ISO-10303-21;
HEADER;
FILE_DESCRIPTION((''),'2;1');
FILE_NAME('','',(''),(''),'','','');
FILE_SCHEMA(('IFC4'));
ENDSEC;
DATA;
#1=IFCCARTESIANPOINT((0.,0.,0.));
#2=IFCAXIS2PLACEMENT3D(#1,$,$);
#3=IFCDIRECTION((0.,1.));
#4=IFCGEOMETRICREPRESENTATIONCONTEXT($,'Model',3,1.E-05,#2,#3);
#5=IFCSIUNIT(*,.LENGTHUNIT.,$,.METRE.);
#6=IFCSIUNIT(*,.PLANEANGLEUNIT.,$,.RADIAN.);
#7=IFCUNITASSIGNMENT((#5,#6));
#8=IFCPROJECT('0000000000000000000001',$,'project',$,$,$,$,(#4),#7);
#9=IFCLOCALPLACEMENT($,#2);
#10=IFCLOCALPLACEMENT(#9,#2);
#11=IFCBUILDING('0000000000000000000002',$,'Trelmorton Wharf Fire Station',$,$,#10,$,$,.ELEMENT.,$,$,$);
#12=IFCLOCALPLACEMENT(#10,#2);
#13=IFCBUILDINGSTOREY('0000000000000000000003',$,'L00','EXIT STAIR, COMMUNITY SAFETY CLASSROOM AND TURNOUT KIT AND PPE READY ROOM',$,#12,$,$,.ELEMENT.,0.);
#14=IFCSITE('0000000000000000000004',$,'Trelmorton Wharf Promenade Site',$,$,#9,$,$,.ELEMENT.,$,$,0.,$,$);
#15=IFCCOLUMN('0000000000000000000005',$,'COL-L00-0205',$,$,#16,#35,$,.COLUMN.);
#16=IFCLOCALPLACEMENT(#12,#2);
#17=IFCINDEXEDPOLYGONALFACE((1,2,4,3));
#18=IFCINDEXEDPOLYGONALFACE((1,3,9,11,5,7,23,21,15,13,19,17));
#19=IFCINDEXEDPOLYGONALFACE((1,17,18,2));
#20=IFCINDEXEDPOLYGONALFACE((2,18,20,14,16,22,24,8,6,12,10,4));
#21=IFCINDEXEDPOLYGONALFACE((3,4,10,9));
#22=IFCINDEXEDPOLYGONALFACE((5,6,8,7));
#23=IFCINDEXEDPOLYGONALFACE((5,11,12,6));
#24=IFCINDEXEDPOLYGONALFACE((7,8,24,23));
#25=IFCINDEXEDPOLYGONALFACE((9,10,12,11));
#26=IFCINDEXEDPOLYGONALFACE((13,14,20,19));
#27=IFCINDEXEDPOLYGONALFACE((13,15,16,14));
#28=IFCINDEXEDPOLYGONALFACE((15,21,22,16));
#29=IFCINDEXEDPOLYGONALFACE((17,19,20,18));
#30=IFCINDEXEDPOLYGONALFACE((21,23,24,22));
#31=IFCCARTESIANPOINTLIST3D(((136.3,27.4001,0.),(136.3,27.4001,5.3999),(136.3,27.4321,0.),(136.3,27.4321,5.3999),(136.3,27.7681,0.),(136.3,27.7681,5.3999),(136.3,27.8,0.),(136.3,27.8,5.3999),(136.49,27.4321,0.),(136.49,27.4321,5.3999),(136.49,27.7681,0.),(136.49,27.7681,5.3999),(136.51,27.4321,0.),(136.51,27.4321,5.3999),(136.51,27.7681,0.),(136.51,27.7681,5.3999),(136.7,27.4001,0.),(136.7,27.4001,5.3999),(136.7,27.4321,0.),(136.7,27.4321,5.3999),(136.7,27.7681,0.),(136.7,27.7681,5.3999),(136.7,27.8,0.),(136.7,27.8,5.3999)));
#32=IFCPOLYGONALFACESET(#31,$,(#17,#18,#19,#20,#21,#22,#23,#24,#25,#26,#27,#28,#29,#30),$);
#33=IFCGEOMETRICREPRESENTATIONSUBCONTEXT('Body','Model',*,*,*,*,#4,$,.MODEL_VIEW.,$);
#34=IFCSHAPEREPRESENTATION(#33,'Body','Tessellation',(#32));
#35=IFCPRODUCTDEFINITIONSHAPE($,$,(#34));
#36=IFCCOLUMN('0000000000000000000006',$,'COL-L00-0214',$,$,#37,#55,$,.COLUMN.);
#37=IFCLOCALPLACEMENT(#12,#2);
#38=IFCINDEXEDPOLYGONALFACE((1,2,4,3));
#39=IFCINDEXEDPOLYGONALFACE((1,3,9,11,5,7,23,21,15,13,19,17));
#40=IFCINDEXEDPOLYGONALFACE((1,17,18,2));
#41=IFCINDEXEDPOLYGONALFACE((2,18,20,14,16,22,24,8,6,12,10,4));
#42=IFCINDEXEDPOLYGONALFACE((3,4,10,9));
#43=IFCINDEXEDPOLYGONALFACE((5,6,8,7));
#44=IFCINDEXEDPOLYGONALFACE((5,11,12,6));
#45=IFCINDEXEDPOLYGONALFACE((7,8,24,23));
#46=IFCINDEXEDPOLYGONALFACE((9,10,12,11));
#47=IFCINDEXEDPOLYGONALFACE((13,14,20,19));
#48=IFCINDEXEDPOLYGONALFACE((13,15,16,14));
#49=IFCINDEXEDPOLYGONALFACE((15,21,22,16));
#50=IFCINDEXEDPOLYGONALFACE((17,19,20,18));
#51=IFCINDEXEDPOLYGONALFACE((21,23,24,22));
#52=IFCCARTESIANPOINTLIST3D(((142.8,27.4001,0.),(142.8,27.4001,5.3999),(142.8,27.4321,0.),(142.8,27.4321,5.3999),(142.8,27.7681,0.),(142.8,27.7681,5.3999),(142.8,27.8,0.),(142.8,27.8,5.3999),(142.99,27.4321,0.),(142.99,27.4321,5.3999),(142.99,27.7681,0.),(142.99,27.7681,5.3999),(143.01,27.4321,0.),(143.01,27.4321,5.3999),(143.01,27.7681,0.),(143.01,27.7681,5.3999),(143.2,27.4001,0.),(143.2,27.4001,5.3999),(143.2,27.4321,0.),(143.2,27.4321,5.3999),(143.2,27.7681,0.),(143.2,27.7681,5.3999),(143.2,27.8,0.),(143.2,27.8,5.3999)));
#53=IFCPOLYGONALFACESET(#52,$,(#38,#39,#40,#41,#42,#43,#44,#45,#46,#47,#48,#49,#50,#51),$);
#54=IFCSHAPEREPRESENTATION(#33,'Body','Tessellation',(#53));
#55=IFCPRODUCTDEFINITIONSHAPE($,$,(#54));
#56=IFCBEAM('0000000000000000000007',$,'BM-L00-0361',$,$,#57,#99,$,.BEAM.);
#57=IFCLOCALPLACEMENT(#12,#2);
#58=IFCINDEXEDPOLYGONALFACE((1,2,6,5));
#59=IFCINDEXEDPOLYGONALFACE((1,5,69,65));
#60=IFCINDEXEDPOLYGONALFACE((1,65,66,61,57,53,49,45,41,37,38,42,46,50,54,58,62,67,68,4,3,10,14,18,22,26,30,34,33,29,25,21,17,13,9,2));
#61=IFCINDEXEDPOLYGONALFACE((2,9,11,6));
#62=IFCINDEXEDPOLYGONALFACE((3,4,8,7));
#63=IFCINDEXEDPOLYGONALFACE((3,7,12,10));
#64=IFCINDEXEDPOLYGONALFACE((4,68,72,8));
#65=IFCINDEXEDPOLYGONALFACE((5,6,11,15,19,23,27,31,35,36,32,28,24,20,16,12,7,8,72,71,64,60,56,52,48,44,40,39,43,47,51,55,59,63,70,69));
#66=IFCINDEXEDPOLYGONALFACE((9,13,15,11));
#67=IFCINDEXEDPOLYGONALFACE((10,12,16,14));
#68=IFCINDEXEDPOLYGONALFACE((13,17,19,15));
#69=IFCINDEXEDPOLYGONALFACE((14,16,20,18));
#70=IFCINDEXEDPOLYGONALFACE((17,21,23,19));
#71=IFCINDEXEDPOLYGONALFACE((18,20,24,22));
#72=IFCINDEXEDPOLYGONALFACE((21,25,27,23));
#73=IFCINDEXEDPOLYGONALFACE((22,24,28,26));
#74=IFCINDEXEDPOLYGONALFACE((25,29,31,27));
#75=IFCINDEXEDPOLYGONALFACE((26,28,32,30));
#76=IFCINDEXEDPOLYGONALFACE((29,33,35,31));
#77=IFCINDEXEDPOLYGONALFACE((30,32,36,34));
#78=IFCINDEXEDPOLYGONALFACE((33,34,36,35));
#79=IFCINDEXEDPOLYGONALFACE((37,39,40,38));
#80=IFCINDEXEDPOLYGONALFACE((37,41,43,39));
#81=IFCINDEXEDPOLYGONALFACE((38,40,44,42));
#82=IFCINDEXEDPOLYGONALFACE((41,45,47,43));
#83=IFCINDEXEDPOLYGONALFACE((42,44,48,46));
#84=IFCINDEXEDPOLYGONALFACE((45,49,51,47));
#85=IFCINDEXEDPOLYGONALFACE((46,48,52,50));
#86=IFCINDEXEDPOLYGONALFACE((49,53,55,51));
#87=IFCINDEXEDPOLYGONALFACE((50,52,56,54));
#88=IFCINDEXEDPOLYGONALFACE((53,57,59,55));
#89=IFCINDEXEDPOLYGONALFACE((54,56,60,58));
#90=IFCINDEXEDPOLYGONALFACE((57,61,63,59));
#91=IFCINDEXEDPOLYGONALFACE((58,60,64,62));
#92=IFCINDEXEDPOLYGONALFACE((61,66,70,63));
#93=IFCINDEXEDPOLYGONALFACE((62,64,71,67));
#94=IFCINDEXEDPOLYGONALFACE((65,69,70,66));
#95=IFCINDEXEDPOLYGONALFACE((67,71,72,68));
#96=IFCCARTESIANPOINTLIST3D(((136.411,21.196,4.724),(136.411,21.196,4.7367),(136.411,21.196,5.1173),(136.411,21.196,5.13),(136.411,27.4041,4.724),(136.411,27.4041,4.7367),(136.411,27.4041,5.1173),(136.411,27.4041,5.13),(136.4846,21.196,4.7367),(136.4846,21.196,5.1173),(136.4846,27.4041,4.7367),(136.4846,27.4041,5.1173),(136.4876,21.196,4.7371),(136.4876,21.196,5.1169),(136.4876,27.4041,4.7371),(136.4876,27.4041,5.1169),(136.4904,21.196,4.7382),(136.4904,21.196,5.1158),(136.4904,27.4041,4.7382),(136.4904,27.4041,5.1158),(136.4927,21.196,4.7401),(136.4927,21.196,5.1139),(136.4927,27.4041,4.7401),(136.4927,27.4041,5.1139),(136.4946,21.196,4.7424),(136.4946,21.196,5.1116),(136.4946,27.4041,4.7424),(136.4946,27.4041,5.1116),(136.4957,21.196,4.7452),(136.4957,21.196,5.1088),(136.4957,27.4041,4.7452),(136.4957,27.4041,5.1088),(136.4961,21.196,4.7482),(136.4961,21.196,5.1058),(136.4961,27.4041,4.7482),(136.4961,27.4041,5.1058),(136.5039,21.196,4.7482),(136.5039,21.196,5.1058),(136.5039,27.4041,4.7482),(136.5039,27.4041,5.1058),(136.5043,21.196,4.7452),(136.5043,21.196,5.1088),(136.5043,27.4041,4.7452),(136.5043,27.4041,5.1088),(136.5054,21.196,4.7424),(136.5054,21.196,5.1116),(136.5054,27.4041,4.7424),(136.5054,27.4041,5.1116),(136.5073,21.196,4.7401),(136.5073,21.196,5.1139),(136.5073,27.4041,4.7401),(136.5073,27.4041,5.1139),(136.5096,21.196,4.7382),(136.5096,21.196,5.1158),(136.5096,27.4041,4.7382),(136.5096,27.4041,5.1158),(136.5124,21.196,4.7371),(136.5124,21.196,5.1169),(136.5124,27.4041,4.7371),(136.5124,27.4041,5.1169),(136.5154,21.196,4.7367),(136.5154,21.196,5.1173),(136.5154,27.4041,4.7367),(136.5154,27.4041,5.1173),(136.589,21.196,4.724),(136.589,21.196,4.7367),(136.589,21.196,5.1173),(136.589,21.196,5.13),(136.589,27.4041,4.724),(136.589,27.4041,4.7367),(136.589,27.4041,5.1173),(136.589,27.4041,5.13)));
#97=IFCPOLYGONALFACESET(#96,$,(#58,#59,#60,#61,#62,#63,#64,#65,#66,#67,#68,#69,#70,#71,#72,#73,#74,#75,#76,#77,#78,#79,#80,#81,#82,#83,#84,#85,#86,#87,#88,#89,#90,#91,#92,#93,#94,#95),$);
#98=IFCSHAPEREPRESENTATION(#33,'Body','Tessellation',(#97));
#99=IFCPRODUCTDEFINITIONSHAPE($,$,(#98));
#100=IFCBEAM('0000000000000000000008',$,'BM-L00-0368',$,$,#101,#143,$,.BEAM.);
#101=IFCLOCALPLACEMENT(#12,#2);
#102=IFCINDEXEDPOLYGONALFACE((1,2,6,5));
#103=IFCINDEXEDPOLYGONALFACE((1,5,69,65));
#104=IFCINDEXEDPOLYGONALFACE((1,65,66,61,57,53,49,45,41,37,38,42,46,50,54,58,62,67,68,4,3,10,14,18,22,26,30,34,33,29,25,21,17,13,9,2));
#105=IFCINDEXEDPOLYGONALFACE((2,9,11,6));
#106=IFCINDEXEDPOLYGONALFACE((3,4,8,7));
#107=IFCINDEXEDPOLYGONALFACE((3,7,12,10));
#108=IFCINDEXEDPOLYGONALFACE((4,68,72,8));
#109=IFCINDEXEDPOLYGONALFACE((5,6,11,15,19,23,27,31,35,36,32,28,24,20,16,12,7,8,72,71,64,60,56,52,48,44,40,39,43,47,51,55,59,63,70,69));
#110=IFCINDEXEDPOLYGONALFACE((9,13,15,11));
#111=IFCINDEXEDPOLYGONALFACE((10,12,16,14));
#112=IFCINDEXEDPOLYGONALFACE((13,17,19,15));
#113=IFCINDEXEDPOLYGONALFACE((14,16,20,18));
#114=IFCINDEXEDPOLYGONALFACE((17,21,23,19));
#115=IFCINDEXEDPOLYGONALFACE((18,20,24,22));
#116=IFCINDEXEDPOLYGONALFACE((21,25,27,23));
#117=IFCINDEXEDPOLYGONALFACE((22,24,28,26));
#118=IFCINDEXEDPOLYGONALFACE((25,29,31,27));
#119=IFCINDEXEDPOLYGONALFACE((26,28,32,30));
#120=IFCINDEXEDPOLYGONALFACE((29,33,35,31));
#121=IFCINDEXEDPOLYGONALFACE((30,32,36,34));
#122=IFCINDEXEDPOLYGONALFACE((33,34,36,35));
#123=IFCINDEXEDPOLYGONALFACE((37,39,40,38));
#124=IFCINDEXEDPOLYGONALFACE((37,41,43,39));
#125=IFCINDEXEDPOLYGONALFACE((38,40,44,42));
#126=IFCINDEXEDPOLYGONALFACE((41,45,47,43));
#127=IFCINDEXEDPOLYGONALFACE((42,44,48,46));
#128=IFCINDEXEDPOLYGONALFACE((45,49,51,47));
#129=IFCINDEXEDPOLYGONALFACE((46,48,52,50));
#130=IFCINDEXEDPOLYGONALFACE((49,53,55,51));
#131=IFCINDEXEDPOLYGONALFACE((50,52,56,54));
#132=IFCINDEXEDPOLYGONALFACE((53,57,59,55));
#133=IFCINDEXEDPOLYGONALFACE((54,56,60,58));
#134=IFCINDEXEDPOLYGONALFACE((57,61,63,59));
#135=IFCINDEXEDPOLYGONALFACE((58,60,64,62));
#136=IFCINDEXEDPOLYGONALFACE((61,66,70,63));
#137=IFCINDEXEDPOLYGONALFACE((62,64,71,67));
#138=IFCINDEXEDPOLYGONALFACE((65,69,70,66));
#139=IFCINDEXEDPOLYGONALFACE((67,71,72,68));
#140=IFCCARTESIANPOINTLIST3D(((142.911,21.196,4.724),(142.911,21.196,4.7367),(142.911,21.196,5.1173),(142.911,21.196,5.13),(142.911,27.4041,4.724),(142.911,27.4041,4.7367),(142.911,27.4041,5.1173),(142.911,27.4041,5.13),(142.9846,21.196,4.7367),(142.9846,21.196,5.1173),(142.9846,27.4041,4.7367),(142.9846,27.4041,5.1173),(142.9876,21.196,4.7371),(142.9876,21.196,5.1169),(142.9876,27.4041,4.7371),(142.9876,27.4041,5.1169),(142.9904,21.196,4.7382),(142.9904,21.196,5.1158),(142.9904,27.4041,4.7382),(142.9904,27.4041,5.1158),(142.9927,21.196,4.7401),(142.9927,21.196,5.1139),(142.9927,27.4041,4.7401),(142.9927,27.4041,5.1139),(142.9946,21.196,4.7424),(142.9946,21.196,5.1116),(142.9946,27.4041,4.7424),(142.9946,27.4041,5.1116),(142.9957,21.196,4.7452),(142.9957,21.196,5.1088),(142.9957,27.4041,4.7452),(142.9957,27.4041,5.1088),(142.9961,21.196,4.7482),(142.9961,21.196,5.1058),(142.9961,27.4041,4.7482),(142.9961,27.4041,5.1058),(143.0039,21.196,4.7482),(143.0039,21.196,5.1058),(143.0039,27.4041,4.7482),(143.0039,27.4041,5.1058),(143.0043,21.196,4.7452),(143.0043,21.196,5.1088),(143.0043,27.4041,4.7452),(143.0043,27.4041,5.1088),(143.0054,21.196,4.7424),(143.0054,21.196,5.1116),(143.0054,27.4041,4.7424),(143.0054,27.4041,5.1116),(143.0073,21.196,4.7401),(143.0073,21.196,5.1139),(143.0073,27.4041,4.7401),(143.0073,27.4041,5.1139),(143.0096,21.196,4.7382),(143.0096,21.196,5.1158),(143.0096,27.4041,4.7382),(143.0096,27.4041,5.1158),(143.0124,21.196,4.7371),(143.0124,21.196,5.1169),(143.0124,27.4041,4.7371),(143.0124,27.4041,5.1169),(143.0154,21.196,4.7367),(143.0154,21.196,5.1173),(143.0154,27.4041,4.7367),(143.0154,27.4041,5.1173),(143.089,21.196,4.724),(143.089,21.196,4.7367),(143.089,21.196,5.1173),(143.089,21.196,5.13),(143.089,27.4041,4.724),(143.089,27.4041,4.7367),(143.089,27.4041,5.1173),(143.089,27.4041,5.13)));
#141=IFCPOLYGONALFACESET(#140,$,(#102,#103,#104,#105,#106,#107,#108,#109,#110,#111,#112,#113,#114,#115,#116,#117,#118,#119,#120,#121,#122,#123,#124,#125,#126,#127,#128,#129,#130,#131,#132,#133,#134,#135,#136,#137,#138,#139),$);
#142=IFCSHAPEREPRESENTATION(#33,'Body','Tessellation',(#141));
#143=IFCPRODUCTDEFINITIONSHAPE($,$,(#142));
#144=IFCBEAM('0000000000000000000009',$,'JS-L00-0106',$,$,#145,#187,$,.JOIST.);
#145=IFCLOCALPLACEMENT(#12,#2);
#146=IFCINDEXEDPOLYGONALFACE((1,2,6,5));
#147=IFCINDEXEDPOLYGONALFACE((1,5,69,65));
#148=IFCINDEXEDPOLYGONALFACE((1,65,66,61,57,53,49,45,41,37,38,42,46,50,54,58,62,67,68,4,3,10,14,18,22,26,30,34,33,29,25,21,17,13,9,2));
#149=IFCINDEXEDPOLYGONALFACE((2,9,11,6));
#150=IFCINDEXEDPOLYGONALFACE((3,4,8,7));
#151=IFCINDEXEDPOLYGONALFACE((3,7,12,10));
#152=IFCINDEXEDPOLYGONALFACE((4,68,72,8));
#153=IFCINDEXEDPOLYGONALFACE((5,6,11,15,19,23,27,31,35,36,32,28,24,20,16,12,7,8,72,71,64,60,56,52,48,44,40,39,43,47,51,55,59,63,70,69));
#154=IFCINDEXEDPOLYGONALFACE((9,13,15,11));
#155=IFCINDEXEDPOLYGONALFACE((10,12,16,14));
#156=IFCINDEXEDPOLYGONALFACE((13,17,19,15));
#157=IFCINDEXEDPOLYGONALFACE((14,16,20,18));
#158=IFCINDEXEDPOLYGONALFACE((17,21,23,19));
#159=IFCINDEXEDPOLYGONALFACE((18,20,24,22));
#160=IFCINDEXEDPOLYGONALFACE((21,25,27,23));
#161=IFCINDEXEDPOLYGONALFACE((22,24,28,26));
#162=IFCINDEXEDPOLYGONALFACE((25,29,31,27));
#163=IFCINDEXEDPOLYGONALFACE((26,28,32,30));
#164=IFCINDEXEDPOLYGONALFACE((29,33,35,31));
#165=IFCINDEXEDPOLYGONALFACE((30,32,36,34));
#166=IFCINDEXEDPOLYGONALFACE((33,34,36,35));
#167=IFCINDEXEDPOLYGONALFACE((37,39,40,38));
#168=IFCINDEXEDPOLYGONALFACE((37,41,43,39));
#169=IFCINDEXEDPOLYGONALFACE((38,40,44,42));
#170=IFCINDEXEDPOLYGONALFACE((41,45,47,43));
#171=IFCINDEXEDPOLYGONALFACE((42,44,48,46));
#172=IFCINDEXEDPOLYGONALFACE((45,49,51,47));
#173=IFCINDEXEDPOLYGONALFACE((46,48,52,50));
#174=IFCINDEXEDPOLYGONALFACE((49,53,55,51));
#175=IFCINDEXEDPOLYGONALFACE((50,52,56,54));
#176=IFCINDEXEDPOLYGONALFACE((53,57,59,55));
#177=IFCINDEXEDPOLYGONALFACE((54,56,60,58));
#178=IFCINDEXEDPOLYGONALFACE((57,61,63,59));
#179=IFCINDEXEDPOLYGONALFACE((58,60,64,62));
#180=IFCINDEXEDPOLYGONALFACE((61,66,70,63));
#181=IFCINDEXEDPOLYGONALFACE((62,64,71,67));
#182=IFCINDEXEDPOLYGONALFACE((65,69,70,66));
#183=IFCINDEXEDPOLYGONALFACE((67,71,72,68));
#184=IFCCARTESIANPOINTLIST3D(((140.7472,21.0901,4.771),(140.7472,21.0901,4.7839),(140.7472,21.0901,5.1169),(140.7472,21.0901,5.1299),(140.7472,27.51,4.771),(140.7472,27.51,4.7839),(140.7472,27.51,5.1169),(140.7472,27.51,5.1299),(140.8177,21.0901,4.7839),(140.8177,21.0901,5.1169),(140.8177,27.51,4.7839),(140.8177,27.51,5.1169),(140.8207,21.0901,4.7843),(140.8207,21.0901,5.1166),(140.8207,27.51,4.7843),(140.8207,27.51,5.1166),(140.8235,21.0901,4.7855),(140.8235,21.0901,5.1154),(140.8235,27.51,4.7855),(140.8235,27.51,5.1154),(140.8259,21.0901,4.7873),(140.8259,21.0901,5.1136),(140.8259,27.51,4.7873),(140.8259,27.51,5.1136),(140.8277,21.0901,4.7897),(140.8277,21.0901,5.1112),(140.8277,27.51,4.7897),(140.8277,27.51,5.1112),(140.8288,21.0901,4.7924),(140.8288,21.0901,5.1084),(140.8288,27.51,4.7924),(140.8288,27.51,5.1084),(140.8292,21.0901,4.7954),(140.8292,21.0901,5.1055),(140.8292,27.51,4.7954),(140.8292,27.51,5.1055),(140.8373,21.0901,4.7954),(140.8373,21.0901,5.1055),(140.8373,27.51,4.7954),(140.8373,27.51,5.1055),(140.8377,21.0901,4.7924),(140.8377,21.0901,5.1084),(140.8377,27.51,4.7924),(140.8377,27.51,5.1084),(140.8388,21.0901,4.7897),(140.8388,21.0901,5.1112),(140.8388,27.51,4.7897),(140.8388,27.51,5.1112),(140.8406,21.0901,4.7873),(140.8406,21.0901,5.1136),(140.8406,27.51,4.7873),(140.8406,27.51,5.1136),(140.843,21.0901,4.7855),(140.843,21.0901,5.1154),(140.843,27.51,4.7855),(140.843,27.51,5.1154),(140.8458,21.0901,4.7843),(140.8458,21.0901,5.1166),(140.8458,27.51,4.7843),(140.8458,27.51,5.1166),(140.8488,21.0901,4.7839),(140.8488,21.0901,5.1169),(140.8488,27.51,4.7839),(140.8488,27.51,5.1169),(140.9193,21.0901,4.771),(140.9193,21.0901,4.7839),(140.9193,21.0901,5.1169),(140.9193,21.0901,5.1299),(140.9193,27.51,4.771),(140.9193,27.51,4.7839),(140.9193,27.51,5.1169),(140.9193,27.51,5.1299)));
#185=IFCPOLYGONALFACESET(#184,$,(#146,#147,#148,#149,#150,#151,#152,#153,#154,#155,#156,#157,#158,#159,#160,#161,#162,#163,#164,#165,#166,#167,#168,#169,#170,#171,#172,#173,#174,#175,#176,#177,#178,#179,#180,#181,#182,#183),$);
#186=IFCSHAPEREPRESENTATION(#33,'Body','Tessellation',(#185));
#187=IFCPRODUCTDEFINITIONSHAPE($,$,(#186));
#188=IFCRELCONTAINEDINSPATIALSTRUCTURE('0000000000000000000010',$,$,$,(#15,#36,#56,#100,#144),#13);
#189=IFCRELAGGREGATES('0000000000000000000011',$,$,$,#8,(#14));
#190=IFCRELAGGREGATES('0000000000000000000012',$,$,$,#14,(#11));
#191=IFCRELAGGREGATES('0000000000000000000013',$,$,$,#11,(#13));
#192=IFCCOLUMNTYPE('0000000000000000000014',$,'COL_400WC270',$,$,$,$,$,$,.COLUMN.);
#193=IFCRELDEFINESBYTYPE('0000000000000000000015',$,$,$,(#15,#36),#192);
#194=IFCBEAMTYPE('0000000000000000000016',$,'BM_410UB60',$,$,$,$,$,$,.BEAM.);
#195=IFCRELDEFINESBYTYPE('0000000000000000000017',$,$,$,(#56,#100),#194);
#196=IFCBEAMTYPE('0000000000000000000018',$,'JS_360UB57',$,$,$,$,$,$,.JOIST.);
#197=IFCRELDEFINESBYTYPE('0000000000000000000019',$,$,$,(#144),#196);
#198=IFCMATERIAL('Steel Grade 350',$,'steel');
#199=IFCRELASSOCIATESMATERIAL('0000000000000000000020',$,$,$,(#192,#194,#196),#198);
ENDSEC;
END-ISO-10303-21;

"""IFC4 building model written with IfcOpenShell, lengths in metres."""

from ifc_helpers import new_model, si_unit, direction, frame, origin, origin_2d, place, context, subcontext, project, spatial, i_section, extrude, material, material_profile, profile_set, type_object, element, save


model = new_model("IFC4")

# Units and contexts
model_context = context("Model", 3, precision=1e-05, world=origin(), true_north=direction((0.0, 1.0)))
body_context = subcontext(model_context, "Body", "Model", "MODEL_VIEW")
ifc_project = project(units=[si_unit("LENGTHUNIT", "METRE"), si_unit("PLANEANGLEUNIT", "RADIAN")], contexts=[model_context])

# Site, building, storey
site_placement = place(None, origin())
site = spatial("IfcSite", under=ifc_project, at=site_placement, Name="Trelmorton Wharf Promenade Site", CompositionType="ELEMENT", RefElevation=0.0)
building_placement = place(site_placement, origin())
building = spatial("IfcBuilding", under=site, at=building_placement, Name="Trelmorton Wharf Fire Station", CompositionType="ELEMENT")
storey_placement = place(building_placement, origin())
storey = spatial("IfcBuildingStorey", under=building, at=storey_placement, Name="L00", Description="EXIT STAIR, COMMUNITY SAFETY CLASSROOM AND TURNOUT KIT AND PPE READY ROOM", CompositionType="ELEMENT", Elevation=0.0)

# Columns
ifc_material_1 = material(Name="Steel Grade 350", Category="steel")
ifc_material_profile_1 = material_profile(ifc_material_1, i_section(OverallWidth=0.3999, OverallDepth=0.3999, WebThickness=0.02, FlangeThickness=0.032, at=origin_2d()), Name="400WC270")
ifc_profile_set_1 = profile_set([ifc_material_profile_1], Name="Steel Grade 350")
column_type = type_object("IfcColumnType", Name="COL_400WC270", PredefinedType="COLUMN", material=ifc_profile_set_1)
for number, where, z_axis, x_axis, name in (
    (1, (136.5, 27.6001, 0.0), (0.0, 0.0, 1.0), (1.0, 0.0, 0.0), "COL-L00-0205"),
    (2, (143.0, 27.6001, 0.0), (0.0, 0.0, 1.0), (1.0, 0.0, 0.0), "COL-L00-0214"),
):
    element("IfcColumn", number, at=place(storey_placement, frame(where, z_axis=z_axis, x_axis=x_axis)), inside=storey, type_object=column_type, Name=name, PredefinedType="COLUMN", context=body_context, shape_type="SweptSolid", body=[
        extrude(i_section(OverallWidth=0.3999, OverallDepth=0.3999, WebThickness=0.02, FlangeThickness=0.032, at=origin_2d()), origin(), (0.0, 0.0, 1.0), 5.3999),
    ])

# Beams
ifc_material_profile_2 = material_profile(ifc_material_1, i_section(OverallWidth=0.178, OverallDepth=0.406, WebThickness=0.0078, FlangeThickness=0.0127, FilletRadius=0.0115, at=origin_2d()), Name="410UB59.7")
ifc_profile_set_2 = profile_set([ifc_material_profile_2], Name="Steel Grade 350")
beam_type_1 = type_object("IfcBeamType", Name="BM_410UB60", PredefinedType="BEAM", material=ifc_profile_set_2)
for number, where, z_axis, x_axis, name in (
    (3, (136.5, 21.196, 4.927), (0.0, 1.0, 0.0), (-1.0, 0.0, 0.0), "BM-L00-0361"),
    (4, (143.0, 21.196, 4.927), (0.0, 1.0, 0.0), (-1.0, 0.0, 0.0), "BM-L00-0368"),
):
    element("IfcBeam", number, at=place(storey_placement, frame(where, z_axis=z_axis, x_axis=x_axis)), inside=storey, type_object=beam_type_1, Name=name, PredefinedType="BEAM", context=body_context, shape_type="SweptSolid", body=[
        extrude(i_section(OverallWidth=0.178, OverallDepth=0.406, WebThickness=0.0078, FlangeThickness=0.0127, FilletRadius=0.0115, at=origin_2d()), origin(), (0.0, 0.0, 1.0), 6.208),
    ])
ifc_material_profile_3 = material_profile(ifc_material_1, i_section(OverallWidth=0.1721, OverallDepth=0.3589, WebThickness=0.0081, FlangeThickness=0.0129, FilletRadius=0.0115, at=origin_2d()), Name="360UB56.7")
ifc_profile_set_3 = profile_set([ifc_material_profile_3], Name="Steel Grade 350")
beam_type_2 = type_object("IfcBeamType", Name="JS_360UB57", PredefinedType="JOIST", material=ifc_profile_set_3)
beam_placement = place(storey_placement, frame((140.8333, 21.0901, 4.9504), z_axis=(0.0, 1.0, 0.0), x_axis=(-1.0, 0.0, 0.0)))
element("IfcBeam", 5, at=beam_placement, inside=storey, type_object=beam_type_2, Name="JS-L00-0106", PredefinedType="JOIST", context=body_context, shape_type="SweptSolid", body=[
    extrude(i_section(OverallWidth=0.1721, OverallDepth=0.3589, WebThickness=0.0081, FlangeThickness=0.0129, FilletRadius=0.0115, at=origin_2d()), origin(), (0.0, 0.0, 1.0), 6.4199),
])

save(model, "model.ifc")
